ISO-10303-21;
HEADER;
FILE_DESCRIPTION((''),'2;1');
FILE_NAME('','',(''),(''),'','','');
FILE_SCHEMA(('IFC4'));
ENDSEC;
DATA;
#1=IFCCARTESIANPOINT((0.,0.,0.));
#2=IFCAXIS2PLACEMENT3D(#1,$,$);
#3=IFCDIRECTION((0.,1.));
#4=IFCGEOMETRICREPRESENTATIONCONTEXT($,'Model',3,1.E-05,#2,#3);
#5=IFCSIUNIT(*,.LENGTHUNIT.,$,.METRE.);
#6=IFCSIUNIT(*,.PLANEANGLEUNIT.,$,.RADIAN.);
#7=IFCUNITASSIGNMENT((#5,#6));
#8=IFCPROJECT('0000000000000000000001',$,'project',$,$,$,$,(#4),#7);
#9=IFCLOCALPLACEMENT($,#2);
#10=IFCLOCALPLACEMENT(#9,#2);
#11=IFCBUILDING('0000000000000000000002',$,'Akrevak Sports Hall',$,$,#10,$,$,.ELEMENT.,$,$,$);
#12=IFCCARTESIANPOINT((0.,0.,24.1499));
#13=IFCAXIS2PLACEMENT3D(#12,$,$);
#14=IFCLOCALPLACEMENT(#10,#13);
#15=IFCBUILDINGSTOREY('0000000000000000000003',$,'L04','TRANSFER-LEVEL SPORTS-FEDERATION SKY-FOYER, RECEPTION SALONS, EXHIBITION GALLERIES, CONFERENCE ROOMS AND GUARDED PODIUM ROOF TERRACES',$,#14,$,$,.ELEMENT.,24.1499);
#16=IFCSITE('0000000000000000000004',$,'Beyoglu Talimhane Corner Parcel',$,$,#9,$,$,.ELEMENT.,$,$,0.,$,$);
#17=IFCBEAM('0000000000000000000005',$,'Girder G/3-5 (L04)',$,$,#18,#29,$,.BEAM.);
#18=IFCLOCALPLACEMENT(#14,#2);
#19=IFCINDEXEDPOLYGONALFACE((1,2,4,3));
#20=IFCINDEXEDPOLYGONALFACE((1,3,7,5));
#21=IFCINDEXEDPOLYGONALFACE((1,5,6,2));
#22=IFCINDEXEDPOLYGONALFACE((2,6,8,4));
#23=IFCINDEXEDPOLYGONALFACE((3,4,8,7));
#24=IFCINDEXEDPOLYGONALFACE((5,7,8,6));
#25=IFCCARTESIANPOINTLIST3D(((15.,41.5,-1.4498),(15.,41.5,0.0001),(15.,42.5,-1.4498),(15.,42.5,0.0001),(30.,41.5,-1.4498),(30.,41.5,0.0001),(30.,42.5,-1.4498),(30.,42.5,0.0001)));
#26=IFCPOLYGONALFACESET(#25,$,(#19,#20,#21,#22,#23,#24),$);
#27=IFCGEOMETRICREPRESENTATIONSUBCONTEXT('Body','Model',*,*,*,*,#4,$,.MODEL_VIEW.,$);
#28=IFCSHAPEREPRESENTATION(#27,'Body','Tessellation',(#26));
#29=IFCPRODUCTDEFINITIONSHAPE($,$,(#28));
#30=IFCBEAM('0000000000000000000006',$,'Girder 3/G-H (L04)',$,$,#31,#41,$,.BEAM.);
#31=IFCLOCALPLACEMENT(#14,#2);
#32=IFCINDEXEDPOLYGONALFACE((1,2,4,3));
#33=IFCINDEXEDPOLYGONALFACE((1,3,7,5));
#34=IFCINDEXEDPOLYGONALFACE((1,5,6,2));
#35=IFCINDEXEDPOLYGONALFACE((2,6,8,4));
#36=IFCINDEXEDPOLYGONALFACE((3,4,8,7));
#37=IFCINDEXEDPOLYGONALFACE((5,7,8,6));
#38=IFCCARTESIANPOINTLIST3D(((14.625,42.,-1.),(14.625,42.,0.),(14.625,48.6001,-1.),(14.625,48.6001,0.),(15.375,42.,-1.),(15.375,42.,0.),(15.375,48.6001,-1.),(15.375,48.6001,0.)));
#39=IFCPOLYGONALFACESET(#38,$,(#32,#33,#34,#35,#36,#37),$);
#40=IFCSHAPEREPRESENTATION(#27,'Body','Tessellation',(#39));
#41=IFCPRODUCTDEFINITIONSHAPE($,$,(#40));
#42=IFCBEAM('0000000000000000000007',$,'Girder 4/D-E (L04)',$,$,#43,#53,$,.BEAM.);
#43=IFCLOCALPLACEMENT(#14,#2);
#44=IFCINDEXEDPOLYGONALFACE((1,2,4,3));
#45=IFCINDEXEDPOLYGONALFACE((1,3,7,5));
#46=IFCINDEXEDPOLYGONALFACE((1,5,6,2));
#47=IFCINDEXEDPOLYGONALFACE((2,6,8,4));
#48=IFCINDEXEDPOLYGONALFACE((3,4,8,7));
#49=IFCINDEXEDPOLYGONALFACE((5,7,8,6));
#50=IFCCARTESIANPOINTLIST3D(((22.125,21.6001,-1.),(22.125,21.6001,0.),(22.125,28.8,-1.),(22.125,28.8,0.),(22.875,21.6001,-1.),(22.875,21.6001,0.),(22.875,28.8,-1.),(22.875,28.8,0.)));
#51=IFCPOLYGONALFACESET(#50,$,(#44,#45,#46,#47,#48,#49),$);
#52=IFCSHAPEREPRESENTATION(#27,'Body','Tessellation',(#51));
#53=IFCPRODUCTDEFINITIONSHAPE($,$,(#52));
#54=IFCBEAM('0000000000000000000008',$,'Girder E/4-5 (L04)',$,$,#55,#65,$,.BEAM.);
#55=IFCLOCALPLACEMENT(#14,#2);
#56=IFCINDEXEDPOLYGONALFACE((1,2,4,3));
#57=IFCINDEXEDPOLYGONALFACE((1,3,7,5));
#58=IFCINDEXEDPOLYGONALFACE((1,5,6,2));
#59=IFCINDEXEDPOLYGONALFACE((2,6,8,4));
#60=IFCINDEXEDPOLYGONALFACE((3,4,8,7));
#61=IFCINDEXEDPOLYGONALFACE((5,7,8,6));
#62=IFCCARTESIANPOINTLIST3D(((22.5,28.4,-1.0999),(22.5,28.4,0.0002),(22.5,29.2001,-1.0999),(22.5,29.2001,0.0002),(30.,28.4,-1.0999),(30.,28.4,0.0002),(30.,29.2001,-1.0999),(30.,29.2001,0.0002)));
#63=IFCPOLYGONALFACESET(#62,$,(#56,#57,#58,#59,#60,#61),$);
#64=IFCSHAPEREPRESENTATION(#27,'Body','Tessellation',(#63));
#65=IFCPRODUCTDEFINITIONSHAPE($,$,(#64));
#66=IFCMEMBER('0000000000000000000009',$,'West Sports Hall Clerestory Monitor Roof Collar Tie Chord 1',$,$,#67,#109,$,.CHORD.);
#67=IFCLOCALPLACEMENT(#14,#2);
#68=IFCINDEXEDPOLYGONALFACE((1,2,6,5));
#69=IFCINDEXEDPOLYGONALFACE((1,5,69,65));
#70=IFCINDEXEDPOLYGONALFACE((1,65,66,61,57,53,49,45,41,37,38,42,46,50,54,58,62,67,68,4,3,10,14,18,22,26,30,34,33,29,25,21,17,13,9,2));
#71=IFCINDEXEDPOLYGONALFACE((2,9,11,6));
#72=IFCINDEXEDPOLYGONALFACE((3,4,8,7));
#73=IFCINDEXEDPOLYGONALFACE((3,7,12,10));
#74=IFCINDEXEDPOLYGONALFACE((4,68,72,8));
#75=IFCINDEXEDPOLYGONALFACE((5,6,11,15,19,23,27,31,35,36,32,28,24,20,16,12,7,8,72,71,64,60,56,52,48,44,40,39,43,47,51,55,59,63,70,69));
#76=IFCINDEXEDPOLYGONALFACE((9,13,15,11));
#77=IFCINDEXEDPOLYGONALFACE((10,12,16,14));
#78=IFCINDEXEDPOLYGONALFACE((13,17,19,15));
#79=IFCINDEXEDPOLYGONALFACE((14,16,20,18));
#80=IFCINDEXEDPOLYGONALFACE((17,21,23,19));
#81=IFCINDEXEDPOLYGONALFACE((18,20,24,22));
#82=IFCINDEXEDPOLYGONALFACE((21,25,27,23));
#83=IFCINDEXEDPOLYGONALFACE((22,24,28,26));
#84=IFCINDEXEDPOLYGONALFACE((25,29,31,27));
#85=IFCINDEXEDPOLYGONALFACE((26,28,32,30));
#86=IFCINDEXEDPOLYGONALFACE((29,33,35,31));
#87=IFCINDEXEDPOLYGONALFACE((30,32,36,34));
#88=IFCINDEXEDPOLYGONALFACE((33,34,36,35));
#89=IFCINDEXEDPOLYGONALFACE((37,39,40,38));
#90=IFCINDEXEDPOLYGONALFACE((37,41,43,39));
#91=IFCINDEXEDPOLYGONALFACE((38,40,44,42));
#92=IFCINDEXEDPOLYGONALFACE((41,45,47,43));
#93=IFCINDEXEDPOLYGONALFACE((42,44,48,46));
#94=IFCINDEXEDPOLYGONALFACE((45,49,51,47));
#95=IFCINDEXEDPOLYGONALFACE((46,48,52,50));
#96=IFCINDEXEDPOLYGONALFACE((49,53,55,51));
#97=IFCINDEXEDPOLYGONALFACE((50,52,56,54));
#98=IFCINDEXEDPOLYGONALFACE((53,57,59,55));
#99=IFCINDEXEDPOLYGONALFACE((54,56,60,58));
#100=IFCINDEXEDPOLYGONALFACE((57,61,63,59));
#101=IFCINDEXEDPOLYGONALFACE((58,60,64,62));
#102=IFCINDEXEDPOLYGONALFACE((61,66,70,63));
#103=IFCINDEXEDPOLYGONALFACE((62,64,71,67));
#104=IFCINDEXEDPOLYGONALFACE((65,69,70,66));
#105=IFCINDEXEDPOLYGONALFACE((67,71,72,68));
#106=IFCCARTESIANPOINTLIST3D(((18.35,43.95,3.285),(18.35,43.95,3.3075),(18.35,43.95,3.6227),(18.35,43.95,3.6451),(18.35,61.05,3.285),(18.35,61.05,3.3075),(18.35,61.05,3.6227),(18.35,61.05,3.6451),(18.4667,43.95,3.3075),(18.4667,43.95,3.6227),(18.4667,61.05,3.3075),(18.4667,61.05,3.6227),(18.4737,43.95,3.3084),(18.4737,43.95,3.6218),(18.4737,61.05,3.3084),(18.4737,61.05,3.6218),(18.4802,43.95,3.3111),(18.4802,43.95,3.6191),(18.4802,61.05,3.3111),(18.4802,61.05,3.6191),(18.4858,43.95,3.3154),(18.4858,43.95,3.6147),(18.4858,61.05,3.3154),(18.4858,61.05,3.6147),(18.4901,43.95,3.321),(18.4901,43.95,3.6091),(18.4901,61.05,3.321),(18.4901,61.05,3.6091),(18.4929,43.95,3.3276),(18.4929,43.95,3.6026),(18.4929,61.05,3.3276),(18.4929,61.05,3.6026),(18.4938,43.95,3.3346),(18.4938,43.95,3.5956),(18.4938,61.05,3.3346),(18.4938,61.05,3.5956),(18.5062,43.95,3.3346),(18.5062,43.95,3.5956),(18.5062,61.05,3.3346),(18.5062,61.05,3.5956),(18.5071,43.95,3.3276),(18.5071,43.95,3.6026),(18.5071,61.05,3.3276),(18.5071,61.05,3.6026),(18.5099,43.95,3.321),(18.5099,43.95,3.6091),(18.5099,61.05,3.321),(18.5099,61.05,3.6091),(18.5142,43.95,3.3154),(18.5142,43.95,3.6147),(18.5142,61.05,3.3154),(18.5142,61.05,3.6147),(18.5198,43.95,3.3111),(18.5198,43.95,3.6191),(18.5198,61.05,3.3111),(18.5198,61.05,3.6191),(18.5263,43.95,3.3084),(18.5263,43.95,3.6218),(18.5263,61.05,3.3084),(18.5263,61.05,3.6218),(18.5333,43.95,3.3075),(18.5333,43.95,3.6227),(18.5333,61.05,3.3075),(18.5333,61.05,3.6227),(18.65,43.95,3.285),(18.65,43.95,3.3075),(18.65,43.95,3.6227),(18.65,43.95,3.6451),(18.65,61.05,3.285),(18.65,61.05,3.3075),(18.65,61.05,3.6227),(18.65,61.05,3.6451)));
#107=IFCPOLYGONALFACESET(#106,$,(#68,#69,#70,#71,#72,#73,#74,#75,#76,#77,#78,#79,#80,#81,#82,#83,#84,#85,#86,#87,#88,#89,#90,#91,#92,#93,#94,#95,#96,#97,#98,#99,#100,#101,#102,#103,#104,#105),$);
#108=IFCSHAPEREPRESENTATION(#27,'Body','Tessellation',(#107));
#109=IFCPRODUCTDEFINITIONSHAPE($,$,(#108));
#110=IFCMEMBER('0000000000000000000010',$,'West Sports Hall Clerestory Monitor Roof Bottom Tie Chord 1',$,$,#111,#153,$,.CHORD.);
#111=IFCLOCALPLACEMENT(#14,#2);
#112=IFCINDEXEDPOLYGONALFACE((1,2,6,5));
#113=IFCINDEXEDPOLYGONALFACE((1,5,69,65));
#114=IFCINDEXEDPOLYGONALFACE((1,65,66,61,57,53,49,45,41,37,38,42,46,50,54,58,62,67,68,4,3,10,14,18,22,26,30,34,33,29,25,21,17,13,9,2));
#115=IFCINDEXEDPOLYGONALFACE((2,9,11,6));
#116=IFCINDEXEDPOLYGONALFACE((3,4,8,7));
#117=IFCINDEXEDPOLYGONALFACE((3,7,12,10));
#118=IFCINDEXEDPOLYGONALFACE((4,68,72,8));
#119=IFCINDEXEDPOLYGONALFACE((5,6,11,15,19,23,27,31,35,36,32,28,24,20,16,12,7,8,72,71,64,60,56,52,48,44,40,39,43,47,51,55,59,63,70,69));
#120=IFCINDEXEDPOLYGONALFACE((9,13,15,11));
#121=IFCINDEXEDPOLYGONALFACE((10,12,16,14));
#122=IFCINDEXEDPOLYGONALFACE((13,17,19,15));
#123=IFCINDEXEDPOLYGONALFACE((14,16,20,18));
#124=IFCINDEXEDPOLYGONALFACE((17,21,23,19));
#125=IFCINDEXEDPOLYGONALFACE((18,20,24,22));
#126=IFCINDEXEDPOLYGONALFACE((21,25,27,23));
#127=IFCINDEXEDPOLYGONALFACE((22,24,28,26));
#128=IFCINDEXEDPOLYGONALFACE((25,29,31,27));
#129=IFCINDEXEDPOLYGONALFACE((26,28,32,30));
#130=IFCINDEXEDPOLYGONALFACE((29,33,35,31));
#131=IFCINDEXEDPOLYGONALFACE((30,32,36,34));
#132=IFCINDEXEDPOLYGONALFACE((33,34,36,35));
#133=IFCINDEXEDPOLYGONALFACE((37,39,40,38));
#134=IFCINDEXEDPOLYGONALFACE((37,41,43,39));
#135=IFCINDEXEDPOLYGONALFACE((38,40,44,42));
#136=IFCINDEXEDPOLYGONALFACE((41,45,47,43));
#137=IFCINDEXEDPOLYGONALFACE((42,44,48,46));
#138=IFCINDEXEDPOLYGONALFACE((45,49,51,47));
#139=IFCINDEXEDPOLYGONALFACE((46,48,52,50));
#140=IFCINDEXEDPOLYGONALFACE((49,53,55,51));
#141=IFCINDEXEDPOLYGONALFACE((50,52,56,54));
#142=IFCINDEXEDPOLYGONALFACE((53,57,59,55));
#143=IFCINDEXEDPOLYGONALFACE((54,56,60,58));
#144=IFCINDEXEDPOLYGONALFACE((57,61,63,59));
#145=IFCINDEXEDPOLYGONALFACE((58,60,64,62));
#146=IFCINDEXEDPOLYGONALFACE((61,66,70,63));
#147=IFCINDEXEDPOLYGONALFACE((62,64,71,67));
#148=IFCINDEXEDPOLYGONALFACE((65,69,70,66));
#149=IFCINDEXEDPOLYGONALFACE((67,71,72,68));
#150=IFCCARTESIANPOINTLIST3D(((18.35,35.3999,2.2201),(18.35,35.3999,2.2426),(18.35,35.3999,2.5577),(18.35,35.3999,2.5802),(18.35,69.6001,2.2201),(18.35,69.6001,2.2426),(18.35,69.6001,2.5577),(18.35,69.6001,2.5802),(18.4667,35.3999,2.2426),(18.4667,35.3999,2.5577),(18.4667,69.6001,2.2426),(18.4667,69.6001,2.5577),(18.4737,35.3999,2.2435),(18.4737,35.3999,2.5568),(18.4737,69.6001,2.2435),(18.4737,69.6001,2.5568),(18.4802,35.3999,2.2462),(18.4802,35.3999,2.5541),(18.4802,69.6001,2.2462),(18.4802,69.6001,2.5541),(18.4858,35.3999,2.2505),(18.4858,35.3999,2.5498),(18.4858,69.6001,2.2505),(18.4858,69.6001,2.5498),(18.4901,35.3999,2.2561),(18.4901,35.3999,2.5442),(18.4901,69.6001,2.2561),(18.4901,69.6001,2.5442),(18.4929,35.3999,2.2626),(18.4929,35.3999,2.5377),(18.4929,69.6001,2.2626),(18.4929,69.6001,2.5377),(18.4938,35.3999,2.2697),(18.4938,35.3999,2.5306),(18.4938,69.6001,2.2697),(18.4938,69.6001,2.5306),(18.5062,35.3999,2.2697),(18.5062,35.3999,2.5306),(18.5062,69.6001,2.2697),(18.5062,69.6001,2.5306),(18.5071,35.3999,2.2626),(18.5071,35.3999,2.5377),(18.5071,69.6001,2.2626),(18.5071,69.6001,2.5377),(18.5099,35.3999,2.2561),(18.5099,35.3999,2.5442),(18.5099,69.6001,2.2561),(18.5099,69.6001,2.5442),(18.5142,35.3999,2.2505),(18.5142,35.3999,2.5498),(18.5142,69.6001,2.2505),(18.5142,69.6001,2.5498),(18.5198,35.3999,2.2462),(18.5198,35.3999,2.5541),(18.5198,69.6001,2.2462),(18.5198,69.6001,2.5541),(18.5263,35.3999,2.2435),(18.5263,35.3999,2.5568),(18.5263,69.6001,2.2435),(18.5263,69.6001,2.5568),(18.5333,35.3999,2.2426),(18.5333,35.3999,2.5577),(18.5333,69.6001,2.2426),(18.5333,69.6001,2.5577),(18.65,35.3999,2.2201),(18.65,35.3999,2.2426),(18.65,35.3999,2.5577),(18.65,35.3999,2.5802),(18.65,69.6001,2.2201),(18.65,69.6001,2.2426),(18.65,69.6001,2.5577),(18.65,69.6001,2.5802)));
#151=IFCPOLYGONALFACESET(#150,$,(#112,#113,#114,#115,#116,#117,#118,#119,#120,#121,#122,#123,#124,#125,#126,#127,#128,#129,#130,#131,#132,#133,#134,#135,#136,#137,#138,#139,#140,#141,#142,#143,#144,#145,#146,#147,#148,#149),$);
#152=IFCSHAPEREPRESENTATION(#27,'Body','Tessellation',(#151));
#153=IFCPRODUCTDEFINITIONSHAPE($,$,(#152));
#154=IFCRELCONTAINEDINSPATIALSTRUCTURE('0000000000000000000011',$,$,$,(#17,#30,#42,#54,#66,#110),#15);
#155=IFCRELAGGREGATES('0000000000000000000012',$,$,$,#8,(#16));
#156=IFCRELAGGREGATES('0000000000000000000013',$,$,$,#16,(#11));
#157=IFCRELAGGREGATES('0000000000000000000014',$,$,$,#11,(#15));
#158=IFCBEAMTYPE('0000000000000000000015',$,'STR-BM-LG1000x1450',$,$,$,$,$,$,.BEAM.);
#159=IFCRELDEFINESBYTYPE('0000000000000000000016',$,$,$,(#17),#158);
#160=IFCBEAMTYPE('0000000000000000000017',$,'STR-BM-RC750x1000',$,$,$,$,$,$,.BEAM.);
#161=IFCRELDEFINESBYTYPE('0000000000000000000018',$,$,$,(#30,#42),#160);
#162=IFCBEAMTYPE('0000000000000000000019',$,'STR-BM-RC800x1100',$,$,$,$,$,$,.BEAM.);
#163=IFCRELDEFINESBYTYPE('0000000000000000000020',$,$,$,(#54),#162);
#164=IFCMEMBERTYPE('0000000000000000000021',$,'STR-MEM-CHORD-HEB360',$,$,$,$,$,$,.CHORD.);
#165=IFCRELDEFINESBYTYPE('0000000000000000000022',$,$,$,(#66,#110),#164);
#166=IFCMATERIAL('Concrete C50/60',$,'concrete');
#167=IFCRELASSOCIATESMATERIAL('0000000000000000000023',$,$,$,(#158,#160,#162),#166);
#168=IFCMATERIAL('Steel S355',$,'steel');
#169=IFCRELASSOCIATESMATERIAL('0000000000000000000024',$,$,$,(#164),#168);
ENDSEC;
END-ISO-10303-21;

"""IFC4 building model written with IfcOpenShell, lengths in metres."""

from ifc_helpers import new_model, si_unit, direction, frame, origin, origin_2d, place, context, subcontext, project, spatial, rectangle, i_section, extrude, material, material_profile, profile_set, type_object, element, save


model = new_model("IFC4")

# Units and contexts
model_context = context("Model", 3, precision=1e-05, world=origin(), true_north=direction((0.0, 1.0)))
body_context = subcontext(model_context, "Body", "Model", "MODEL_VIEW")
ifc_project = project(units=[si_unit("LENGTHUNIT", "METRE"), si_unit("PLANEANGLEUNIT", "RADIAN")], contexts=[model_context])

# Site, building, storey
site_placement = place(None, origin())
site = spatial("IfcSite", under=ifc_project, at=site_placement, Name="Beyoglu Talimhane Corner Parcel", CompositionType="ELEMENT", RefElevation=0.0)
building_placement = place(site_placement, origin())
building = spatial("IfcBuilding", under=site, at=building_placement, Name="Akrevak Sports Hall", CompositionType="ELEMENT")
storey_placement = place(building_placement, frame((0.0, 0.0, 24.1499)))
storey = spatial("IfcBuildingStorey", under=building, at=storey_placement, Name="L04", Description="TRANSFER-LEVEL SPORTS-FEDERATION SKY-FOYER, RECEPTION SALONS, EXHIBITION GALLERIES, CONFERENCE ROOMS AND GUARDED PODIUM ROOF TERRACES", CompositionType="ELEMENT", Elevation=24.1499)

# Beams
ifc_material_1 = material(Name="Concrete C50/60", Category="concrete")
ifc_material_profile_1 = material_profile(ifc_material_1, rectangle(XDim=1.0, YDim=1.45, at=origin_2d()), Name="BM 1000x1450", Category="concrete")
ifc_profile_set_1 = profile_set([ifc_material_profile_1], Name="Concrete C50/60")
beam_type_1 = type_object("IfcBeamType", Name="STR-BM-LG1000x1450", PredefinedType="BEAM", material=ifc_profile_set_1)
beam_1_placement = place(storey_placement, frame((15.0, 42.0, -0.7249), z_axis=(1.0, 0.0, 0.0), x_axis=(0.0, 1.0, 0.0)))
element("IfcBeam", 1, at=beam_1_placement, inside=storey, type_object=beam_type_1, Name="Girder G/3-5 (L04)", PredefinedType="BEAM", context=body_context, shape_type="SweptSolid", body=[
    extrude(rectangle(XDim=1.0, YDim=1.45, at=origin_2d()), origin(), (0.0, 0.0, 1.0), 15.0),
])
ifc_material_profile_2 = material_profile(ifc_material_1, rectangle(XDim=0.75, YDim=1.0, at=origin_2d()), Name="BM 750x1000", Category="concrete")
ifc_profile_set_2 = profile_set([ifc_material_profile_2], Name="Concrete C50/60")
beam_type_2 = type_object("IfcBeamType", Name="STR-BM-RC750x1000", PredefinedType="BEAM", material=ifc_profile_set_2)
beam_2_placement = place(storey_placement, frame((15.0, 42.0, -0.5), z_axis=(0.0, 1.0, 0.0), x_axis=(-1.0, 0.0, 0.0)))
element("IfcBeam", 2, at=beam_2_placement, inside=storey, type_object=beam_type_2, Name="Girder 3/G-H (L04)", PredefinedType="BEAM", context=body_context, shape_type="SweptSolid", body=[
    extrude(rectangle(XDim=0.75, YDim=1.0, at=origin_2d()), origin(), (0.0, 0.0, 1.0), 6.6001),
])
beam_3_placement = place(storey_placement, frame((22.5, 21.6001, -0.5), z_axis=(0.0, 1.0, 0.0), x_axis=(-1.0, 0.0, 0.0)))
element("IfcBeam", 3, at=beam_3_placement, inside=storey, type_object=beam_type_2, Name="Girder 4/D-E (L04)", PredefinedType="BEAM", context=body_context, shape_type="SweptSolid", body=[
    extrude(rectangle(XDim=0.75, YDim=1.0, at=origin_2d()), origin(), (0.0, 0.0, 1.0), 7.2),
])
ifc_material_profile_3 = material_profile(ifc_material_1, rectangle(XDim=0.8, YDim=1.1001, at=origin_2d()), Name="BM 800x1100", Category="concrete")
ifc_profile_set_3 = profile_set([ifc_material_profile_3], Name="Concrete C50/60")
beam_type_3 = type_object("IfcBeamType", Name="STR-BM-RC800x1100", PredefinedType="BEAM", material=ifc_profile_set_3)
beam_4_placement = place(storey_placement, frame((22.5, 28.8, -0.5498), z_axis=(1.0, 0.0, 0.0), x_axis=(0.0, 1.0, 0.0)))
element("IfcBeam", 4, at=beam_4_placement, inside=storey, type_object=beam_type_3, Name="Girder E/4-5 (L04)", PredefinedType="BEAM", context=body_context, shape_type="SweptSolid", body=[
    extrude(rectangle(XDim=0.8, YDim=1.1001, at=origin_2d()), origin(), (0.0, 0.0, 1.0), 7.5),
])

# Members
ifc_material_2 = material(Name="Steel S355", Category="steel")
ifc_material_profile_4 = material_profile(ifc_material_2, i_section(OverallWidth=0.3, OverallDepth=0.3601, WebThickness=0.0125, FlangeThickness=0.0225, FilletRadius=0.0271, at=origin_2d()), Name="HEB 360", Category="steel")
ifc_profile_set_4 = profile_set([ifc_material_profile_4], Name="Steel S355")
member_type_1 = type_object("IfcMemberType", Name="STR-MEM-CHORD-HEB360", PredefinedType="CHORD", material=ifc_profile_set_4)
member_1_placement = place(storey_placement, frame((18.5, 43.95, 3.4651), z_axis=(0.0, 1.0, 0.0), x_axis=(-1.0, 0.0, 0.0)))
element("IfcMember", 5, at=member_1_placement, inside=storey, type_object=member_type_1, Name="West Sports Hall Clerestory Monitor Roof Collar Tie Chord 1", PredefinedType="CHORD", context=body_context, shape_type="SweptSolid", body=[
    extrude(i_section(OverallWidth=0.3, OverallDepth=0.3601, WebThickness=0.0125, FlangeThickness=0.0225, FilletRadius=0.0271, at=origin_2d()), origin(), (0.0, 0.0, 1.0), 17.1001),
])
member_2_placement = place(storey_placement, frame((18.5, 35.3999, 2.4001), z_axis=(0.0, 1.0, 0.0), x_axis=(-1.0, 0.0, 0.0)))
element("IfcMember", 6, at=member_2_placement, inside=storey, type_object=member_type_1, Name="West Sports Hall Clerestory Monitor Roof Bottom Tie Chord 1", PredefinedType="CHORD", context=body_context, shape_type="SweptSolid", body=[
    extrude(i_section(OverallWidth=0.3, OverallDepth=0.3601, WebThickness=0.0125, FlangeThickness=0.0225, FilletRadius=0.0271, at=origin_2d()), origin(), (0.0, 0.0, 1.0), 34.2002),
])

save(model, "model.ifc")
